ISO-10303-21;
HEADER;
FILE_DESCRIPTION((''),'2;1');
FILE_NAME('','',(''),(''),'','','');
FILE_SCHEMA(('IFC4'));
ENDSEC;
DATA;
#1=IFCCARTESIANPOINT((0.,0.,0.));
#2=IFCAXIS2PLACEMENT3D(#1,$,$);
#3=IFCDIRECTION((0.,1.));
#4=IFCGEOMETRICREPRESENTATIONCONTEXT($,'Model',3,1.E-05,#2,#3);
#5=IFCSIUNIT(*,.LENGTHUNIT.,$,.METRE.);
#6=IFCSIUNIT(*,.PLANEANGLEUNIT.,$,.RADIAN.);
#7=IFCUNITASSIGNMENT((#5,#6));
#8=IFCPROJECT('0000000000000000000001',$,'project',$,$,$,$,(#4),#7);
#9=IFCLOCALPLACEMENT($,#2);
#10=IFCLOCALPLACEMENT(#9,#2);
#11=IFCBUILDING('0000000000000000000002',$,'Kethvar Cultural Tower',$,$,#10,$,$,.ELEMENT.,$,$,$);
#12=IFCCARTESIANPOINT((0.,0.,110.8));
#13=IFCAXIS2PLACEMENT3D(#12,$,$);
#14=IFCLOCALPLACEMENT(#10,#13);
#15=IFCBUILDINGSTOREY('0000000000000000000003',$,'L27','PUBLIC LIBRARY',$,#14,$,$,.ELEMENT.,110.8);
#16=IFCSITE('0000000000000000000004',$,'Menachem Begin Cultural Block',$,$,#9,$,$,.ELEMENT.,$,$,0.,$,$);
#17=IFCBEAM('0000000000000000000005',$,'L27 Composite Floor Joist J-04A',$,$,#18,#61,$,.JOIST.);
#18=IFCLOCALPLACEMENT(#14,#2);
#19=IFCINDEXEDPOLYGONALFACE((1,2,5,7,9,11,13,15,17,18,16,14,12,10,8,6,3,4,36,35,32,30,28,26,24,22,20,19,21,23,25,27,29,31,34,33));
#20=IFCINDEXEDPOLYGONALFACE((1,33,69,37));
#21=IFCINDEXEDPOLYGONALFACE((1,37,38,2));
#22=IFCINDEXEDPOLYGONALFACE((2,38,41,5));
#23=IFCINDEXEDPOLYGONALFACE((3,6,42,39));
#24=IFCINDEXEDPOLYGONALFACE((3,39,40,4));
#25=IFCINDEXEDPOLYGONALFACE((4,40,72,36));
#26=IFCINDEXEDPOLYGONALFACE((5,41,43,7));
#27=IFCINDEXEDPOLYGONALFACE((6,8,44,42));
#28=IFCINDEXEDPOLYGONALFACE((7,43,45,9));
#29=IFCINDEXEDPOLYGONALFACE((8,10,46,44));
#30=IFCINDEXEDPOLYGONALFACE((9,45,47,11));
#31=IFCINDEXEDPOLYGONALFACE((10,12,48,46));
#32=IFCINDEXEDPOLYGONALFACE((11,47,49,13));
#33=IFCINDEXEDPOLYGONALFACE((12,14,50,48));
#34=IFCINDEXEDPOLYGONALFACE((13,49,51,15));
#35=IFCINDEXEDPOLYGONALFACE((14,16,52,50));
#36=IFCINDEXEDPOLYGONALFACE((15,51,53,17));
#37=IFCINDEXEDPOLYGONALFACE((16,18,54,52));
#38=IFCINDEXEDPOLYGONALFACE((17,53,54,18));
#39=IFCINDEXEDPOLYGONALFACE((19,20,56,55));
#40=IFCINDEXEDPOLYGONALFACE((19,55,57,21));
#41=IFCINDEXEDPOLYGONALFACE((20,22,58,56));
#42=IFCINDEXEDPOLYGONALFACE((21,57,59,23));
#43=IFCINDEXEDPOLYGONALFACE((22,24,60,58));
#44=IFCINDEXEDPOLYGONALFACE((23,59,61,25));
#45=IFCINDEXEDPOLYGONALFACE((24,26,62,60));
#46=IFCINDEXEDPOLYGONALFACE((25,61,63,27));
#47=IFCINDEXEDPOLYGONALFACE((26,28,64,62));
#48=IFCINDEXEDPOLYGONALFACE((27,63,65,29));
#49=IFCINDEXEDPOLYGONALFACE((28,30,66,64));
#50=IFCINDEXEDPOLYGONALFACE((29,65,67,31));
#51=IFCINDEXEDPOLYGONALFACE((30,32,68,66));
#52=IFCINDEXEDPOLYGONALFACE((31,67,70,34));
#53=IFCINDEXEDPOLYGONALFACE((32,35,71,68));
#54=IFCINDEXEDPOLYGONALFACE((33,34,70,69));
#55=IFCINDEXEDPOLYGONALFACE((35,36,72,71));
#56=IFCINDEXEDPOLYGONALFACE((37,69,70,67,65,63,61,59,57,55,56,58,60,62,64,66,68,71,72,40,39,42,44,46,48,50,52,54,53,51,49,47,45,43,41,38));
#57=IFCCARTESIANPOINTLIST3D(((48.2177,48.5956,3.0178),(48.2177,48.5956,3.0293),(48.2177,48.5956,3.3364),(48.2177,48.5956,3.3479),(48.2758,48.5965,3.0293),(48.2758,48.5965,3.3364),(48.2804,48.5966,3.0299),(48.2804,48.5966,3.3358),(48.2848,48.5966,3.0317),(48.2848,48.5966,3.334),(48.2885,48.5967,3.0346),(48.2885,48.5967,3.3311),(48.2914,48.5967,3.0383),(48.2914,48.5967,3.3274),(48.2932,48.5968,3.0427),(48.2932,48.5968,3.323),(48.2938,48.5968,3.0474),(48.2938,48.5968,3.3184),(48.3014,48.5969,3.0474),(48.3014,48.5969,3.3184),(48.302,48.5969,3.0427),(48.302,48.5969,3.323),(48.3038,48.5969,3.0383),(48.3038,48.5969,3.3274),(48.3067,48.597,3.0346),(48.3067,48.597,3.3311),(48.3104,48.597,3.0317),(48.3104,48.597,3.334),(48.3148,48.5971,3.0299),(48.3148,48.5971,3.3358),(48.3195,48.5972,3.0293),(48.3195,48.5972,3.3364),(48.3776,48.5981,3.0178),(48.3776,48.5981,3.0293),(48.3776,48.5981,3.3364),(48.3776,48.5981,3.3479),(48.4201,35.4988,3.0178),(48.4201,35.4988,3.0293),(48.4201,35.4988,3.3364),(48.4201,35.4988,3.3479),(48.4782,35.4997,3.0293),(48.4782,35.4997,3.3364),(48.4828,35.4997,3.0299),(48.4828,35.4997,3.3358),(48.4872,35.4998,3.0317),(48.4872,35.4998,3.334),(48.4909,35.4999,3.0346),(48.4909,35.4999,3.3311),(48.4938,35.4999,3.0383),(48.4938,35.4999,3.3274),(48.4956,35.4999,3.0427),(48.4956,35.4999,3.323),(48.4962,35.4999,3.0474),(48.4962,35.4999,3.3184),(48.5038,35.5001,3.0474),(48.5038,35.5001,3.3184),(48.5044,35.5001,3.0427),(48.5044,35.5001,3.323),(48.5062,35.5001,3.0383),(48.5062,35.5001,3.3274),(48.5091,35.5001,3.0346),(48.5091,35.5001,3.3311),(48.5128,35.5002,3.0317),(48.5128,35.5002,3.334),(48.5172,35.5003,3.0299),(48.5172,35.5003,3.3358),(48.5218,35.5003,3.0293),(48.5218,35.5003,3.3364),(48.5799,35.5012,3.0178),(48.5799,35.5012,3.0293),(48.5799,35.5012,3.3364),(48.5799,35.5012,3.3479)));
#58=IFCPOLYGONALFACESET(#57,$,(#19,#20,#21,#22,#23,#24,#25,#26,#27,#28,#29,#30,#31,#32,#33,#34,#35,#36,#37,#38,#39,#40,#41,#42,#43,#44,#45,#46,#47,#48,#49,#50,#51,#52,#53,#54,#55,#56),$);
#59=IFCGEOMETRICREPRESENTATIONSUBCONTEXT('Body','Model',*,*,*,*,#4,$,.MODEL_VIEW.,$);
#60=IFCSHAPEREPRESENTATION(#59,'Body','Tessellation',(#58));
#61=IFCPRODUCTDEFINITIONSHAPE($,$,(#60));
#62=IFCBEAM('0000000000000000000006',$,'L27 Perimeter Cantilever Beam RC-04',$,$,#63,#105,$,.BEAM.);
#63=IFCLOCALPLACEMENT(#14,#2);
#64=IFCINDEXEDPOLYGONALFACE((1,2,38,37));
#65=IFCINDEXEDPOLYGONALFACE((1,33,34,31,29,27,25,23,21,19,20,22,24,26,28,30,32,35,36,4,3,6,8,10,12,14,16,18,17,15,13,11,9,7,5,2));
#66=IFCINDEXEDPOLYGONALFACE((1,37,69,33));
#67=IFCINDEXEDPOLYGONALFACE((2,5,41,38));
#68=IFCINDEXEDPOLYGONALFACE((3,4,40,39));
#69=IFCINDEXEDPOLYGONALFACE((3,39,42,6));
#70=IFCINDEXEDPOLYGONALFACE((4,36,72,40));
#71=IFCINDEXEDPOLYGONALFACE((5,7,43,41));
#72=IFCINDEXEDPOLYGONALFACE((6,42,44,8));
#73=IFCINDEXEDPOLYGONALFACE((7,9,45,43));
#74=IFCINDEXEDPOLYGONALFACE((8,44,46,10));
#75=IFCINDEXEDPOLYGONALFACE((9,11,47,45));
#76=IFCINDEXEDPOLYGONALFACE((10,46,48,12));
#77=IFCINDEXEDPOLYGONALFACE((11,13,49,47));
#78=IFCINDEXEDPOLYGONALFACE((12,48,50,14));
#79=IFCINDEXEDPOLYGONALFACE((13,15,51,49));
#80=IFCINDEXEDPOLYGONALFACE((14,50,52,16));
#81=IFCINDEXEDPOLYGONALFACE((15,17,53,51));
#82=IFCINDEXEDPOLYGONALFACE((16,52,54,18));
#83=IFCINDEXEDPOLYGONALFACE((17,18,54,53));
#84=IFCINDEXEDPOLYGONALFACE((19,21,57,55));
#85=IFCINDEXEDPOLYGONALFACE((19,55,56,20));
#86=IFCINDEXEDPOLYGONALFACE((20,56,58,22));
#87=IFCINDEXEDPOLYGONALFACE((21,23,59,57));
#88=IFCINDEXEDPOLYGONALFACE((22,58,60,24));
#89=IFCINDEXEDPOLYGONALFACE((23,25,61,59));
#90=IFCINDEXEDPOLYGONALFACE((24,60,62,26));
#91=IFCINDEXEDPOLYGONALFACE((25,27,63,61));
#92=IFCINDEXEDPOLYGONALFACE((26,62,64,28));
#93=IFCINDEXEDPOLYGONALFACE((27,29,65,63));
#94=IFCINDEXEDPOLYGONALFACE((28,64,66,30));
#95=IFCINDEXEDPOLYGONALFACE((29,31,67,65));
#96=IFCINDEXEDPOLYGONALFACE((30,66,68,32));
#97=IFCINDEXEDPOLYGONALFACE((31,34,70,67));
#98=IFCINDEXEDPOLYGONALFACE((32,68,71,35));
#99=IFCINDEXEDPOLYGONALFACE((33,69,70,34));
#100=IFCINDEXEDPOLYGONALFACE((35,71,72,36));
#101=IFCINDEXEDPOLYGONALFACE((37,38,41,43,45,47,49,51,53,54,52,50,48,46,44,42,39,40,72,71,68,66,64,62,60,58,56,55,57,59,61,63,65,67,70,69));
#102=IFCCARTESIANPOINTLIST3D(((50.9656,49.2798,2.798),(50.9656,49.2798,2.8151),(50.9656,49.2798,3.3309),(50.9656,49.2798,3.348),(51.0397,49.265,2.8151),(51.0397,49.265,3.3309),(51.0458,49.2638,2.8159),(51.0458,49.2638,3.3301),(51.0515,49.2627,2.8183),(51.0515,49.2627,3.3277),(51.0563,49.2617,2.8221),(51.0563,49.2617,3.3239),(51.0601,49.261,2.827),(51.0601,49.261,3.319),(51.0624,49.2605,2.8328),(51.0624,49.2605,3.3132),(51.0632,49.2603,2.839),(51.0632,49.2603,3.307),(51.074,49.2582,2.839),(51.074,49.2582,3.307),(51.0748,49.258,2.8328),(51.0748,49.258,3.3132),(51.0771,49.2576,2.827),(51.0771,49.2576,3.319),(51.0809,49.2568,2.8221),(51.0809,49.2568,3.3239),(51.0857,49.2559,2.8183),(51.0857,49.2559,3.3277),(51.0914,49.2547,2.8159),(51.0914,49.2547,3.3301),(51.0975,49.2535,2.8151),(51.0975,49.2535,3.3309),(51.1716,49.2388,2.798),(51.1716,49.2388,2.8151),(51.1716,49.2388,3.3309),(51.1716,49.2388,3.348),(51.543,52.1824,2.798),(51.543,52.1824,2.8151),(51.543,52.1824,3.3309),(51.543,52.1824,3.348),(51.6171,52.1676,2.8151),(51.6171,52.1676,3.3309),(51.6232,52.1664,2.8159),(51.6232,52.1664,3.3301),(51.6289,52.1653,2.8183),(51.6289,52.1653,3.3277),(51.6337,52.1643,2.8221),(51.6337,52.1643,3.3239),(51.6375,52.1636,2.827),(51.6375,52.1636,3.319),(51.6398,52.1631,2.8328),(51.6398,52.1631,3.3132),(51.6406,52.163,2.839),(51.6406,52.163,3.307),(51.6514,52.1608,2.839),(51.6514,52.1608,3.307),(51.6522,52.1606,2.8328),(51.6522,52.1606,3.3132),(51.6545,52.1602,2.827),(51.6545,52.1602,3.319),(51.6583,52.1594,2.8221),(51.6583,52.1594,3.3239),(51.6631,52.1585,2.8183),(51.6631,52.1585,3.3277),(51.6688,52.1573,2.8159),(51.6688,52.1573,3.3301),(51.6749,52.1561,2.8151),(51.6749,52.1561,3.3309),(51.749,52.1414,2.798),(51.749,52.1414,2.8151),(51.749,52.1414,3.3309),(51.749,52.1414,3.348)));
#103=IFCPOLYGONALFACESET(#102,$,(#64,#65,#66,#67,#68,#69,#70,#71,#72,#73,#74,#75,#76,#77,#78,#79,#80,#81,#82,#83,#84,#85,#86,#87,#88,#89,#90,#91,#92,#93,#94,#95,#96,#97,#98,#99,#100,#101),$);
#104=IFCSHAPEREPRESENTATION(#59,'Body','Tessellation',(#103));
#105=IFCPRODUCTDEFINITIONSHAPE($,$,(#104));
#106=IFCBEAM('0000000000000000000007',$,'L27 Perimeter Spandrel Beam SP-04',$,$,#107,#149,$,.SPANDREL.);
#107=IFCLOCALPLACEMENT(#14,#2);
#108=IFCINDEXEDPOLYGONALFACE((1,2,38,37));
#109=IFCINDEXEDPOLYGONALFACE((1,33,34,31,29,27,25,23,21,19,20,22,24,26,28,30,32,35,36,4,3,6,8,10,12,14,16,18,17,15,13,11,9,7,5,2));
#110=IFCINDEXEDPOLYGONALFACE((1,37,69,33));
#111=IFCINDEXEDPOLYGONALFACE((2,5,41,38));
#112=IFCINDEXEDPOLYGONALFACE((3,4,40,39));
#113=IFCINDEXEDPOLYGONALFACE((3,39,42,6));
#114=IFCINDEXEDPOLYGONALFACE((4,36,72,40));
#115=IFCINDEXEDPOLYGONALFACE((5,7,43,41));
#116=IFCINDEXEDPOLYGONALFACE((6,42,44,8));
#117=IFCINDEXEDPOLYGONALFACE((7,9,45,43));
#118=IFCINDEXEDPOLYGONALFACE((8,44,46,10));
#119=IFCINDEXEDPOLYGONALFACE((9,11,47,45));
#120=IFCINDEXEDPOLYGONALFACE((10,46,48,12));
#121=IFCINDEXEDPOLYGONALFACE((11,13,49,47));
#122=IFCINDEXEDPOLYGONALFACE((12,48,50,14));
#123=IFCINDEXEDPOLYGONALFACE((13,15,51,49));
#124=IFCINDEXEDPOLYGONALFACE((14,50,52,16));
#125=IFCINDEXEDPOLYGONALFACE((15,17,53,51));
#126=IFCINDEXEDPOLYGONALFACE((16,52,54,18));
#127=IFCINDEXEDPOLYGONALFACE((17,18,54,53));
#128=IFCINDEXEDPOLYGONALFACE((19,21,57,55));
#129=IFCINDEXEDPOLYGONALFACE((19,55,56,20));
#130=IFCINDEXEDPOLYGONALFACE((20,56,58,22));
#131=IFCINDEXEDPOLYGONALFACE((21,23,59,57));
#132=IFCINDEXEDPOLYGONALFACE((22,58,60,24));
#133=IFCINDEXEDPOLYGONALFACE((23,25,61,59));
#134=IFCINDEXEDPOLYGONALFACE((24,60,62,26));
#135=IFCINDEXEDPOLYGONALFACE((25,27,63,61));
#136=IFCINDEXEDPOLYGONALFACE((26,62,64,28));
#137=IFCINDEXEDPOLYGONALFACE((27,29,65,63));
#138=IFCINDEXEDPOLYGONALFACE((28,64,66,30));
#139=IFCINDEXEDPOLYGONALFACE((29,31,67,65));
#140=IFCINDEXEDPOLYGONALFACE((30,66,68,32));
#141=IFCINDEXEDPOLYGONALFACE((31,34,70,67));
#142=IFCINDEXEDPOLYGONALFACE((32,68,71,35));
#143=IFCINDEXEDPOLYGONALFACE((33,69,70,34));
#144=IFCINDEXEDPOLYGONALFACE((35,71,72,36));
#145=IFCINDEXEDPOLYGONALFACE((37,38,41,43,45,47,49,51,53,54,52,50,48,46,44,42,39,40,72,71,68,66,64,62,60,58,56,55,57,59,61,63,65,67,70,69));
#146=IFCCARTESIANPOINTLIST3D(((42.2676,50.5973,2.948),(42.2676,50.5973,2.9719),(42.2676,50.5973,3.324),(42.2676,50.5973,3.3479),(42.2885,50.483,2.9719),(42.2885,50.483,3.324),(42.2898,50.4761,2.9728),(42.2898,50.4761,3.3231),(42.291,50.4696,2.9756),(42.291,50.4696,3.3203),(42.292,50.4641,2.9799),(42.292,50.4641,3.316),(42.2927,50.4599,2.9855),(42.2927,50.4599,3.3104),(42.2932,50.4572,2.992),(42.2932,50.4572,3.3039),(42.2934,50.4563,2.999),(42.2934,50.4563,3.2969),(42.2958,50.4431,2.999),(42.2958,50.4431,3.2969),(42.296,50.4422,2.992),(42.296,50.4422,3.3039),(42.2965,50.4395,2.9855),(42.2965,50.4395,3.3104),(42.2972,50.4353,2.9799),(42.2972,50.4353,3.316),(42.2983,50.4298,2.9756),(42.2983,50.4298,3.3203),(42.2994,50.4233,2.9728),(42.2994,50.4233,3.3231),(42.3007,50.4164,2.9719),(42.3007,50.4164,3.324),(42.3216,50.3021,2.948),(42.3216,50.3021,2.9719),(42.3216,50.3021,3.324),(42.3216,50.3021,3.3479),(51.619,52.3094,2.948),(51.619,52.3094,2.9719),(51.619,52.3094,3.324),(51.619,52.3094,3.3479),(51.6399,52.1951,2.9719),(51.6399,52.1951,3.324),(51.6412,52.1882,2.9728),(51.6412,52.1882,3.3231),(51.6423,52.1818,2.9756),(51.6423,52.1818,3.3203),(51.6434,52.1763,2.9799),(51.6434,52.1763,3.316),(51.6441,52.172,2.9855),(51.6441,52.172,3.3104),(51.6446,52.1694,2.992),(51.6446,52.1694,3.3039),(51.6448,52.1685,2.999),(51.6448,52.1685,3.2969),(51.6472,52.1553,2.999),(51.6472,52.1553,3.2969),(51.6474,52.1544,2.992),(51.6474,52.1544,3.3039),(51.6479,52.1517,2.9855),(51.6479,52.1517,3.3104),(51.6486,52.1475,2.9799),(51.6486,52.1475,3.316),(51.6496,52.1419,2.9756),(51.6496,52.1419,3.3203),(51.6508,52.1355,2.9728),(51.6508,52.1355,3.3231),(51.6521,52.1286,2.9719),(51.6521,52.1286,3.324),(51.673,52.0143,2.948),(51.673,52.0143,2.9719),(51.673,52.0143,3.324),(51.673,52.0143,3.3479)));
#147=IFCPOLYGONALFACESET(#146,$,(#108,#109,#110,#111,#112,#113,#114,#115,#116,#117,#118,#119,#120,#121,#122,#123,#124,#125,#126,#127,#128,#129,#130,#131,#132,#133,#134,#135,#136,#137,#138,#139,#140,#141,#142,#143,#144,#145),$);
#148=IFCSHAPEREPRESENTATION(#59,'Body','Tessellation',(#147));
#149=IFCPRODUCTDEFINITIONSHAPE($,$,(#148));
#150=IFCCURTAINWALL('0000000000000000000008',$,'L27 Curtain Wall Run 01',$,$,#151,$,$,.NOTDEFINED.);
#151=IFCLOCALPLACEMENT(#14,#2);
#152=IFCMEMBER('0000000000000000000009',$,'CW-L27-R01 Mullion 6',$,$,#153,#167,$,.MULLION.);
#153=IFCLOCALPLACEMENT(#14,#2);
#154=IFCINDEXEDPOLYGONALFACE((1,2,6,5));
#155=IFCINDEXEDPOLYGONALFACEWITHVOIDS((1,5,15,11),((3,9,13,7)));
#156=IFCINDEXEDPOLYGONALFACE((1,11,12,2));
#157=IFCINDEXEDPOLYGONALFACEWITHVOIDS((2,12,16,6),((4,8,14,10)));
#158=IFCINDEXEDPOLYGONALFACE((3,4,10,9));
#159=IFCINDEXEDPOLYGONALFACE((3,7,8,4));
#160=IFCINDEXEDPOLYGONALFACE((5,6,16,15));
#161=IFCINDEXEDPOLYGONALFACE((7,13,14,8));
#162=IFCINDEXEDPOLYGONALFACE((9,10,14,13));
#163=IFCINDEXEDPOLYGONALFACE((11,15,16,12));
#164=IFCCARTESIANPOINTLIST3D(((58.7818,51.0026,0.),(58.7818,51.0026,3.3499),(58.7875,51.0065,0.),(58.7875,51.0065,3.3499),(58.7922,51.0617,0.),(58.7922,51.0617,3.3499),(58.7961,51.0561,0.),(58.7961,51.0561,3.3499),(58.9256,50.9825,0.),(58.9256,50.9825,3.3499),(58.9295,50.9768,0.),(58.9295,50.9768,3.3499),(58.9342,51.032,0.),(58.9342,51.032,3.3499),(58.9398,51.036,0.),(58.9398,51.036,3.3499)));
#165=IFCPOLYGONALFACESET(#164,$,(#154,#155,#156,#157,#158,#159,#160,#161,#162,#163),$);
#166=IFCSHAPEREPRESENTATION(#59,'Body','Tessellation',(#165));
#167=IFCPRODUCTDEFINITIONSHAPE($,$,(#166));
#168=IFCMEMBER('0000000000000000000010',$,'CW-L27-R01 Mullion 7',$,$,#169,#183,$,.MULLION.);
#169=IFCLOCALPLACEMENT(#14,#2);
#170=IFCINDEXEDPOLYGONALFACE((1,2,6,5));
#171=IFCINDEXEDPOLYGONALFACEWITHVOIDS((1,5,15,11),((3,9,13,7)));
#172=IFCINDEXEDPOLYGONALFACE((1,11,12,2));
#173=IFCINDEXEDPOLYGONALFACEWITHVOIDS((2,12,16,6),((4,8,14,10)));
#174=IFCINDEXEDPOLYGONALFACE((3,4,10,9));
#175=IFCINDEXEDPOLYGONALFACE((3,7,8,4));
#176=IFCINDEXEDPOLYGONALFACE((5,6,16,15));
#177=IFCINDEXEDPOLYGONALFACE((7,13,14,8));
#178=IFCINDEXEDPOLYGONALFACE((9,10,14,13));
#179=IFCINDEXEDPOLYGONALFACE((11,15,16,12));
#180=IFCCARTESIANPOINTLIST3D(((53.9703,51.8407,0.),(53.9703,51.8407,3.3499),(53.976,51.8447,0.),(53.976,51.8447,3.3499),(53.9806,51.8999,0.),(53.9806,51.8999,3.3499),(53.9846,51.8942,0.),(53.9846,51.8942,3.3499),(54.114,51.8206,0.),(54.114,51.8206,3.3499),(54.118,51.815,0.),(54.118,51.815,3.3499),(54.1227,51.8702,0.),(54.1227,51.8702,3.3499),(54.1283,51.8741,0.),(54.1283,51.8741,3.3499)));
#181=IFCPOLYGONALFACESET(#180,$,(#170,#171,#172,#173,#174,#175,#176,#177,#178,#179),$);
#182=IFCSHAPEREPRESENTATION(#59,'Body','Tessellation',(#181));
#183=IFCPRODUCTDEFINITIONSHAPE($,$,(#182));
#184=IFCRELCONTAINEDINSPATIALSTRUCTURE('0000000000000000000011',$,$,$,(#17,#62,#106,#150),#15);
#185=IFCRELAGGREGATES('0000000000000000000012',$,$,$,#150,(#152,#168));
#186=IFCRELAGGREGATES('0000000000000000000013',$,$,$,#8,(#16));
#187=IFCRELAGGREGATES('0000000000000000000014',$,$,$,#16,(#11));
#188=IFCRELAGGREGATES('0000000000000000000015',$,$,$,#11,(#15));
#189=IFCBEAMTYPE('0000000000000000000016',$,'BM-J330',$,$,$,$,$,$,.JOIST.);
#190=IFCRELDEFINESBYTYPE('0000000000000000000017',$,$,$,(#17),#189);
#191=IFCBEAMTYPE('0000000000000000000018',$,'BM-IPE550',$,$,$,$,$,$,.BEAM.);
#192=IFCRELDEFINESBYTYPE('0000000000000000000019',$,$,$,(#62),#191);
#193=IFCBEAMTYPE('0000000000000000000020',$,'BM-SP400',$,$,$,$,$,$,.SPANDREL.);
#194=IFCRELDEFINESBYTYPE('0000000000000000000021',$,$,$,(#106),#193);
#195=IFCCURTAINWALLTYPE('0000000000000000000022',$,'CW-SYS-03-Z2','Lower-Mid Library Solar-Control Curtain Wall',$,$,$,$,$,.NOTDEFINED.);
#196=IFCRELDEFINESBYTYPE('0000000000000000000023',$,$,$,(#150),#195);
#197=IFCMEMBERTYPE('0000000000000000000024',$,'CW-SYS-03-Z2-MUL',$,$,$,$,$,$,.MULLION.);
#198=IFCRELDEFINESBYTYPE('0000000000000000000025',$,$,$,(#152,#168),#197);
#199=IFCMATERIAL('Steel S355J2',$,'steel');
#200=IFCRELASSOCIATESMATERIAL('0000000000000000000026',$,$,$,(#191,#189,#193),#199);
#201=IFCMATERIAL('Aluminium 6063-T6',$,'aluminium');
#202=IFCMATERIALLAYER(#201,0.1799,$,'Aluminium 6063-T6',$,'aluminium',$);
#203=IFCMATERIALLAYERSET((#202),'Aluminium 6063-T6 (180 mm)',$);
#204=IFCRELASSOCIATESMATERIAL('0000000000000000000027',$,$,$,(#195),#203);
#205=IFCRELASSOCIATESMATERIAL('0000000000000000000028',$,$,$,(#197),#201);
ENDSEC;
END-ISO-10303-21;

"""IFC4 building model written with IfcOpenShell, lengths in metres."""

from ifc_helpers import new_model, si_unit, direction, frame, origin, origin_2d, place, context, subcontext, project, spatial, hollow_rectangle, i_section, extrude, source, transform, mapped, material, layer, layer_set, material_profile, profile_set, type_object, element, aggregate, save


model = new_model("IFC4")

# Units and contexts
model_context = context("Model", 3, precision=1e-05, world=origin(), true_north=direction((0.0, 1.0)))
body_context = subcontext(model_context, "Body", "Model", "MODEL_VIEW")
ifc_project = project(units=[si_unit("LENGTHUNIT", "METRE"), si_unit("PLANEANGLEUNIT", "RADIAN")], contexts=[model_context])

# Site, building, storey
site_placement = place(None, origin())
site = spatial("IfcSite", under=ifc_project, at=site_placement, Name="Menachem Begin Cultural Block", CompositionType="ELEMENT", RefElevation=0.0)
building_placement = place(site_placement, origin())
building = spatial("IfcBuilding", under=site, at=building_placement, Name="Kethvar Cultural Tower", CompositionType="ELEMENT")
storey_placement = place(building_placement, frame((0.0, 0.0, 110.8)))
storey = spatial("IfcBuildingStorey", under=building, at=storey_placement, Name="L27", Description="PUBLIC LIBRARY", CompositionType="ELEMENT", Elevation=110.8)

# Beams
ifc_material_1 = material(Name="Steel S355J2", Category="steel")
ifc_material_profile_1 = material_profile(ifc_material_1, i_section(OverallWidth=0.21, OverallDepth=0.55, WebThickness=0.011, FlangeThickness=0.0171, FilletRadius=0.0239, at=origin_2d()), Name="Steel S355J2 — IPE550")
ifc_profile_set_1 = profile_set([ifc_material_profile_1], Name="Steel S355J2 — IPE550")
beam_type_1 = type_object("IfcBeamType", Name="BM-IPE550", PredefinedType="BEAM", material=ifc_profile_set_1)
ifc_material_profile_2 = material_profile(ifc_material_1, i_section(OverallWidth=0.1599, OverallDepth=0.3301, WebThickness=0.0076, FlangeThickness=0.0115, FilletRadius=0.0181, at=origin_2d()), Name="Steel S355J2 — IPE330")
ifc_profile_set_2 = profile_set([ifc_material_profile_2], Name="Steel S355J2 — IPE330")
beam_type_2 = type_object("IfcBeamType", Name="BM-J330", PredefinedType="JOIST", material=ifc_profile_set_2)
shared_shape_1 = source(origin(), body_context, "Body", "SweptSolid", [
    extrude(i_section(OverallWidth=0.1599, OverallDepth=0.3301, WebThickness=0.0076, FlangeThickness=0.0115, FilletRadius=0.0181, at=origin_2d()), origin(), (0.0, 0.0, 1.0), 13.0984),
])
beam_1_placement = place(storey_placement, frame((48.5, 35.5, 3.1829), z_axis=(-0.015452, 0.999881, 0.0), x_axis=(-0.999881, -0.015452, 0.0)))
element("IfcBeam", 1, at=beam_1_placement, inside=storey, type_object=beam_type_2, Name="L27 Composite Floor Joist J-04A", PredefinedType="JOIST", context=body_context, shape_type="MappedRepresentation", body=[
    mapped(shared_shape_1, transform((0.0, 0.0, 0.0), scale=1.0)),
])
shared_shape_2 = source(origin(), body_context, "Body", "SweptSolid", [
    extrude(i_section(OverallWidth=0.21, OverallDepth=0.55, WebThickness=0.011, FlangeThickness=0.0171, FilletRadius=0.0239, at=origin_2d()), origin(), (0.0, 0.0, 1.0), 2.9595),
])
beam_2_placement = place(storey_placement, frame((51.0686, 49.2593, 3.073), z_axis=(0.195101, 0.980783, 0.0), x_axis=(-0.980783, 0.195101, 0.0)))
element("IfcBeam", 2, at=beam_2_placement, inside=storey, type_object=beam_type_1, Name="L27 Perimeter Cantilever Beam RC-04", PredefinedType="BEAM", context=body_context, shape_type="MappedRepresentation", body=[
    mapped(shared_shape_2, transform((0.0, 0.0, 0.0), scale=1.0)),
])
ifc_material_profile_3 = material_profile(ifc_material_1, i_section(OverallWidth=0.3, OverallDepth=0.3999, WebThickness=0.0134, FlangeThickness=0.0239, FilletRadius=0.0271, at=origin_2d()), Name="Steel S355J2 — HEB400")
ifc_profile_set_3 = profile_set([ifc_material_profile_3], Name="Steel S355J2 — HEB400")
beam_type_3 = type_object("IfcBeamType", Name="BM-SP400", PredefinedType="SPANDREL", material=ifc_profile_set_3)
shared_shape_3 = source(origin(), body_context, "Body", "SweptSolid", [
    extrude(i_section(OverallWidth=0.3, OverallDepth=0.3999, WebThickness=0.0134, FlangeThickness=0.0239, FilletRadius=0.0271, at=origin_2d()), origin(), (0.0, 0.0, 1.0), 9.5068),
])
beam_3_placement = place(storey_placement, frame((51.646, 52.1619, 3.1479), z_axis=(-0.983649, -0.180099, 0.0), x_axis=(0.180099, -0.983649, 0.0)))
element("IfcBeam", 3, at=beam_3_placement, inside=storey, type_object=beam_type_3, Name="L27 Perimeter Spandrel Beam SP-04", PredefinedType="SPANDREL", context=body_context, shape_type="MappedRepresentation", body=[
    mapped(shared_shape_3, transform((0.0, 0.0, 0.0), scale=1.0)),
])

# Curtain wall, members
ifc_material_2 = material(Name="Aluminium 6063-T6", Category="aluminium")
ifc_layer_1 = layer(ifc_material_2, 0.1799, Name="Aluminium 6063-T6", Category="aluminium")
ifc_layer_set_1 = layer_set([ifc_layer_1], Name="Aluminium 6063-T6 (180 mm)")
curtain_wall_type = type_object("IfcCurtainWallType", Name="CW-SYS-03-Z2", Description="Lower-Mid Library Solar-Control Curtain Wall", PredefinedType="NOTDEFINED", material=ifc_layer_set_1)
curtain_wall_1_placement = place(storey_placement, origin())
curtain_wall_1 = element("IfcCurtainWall", 4, at=curtain_wall_1_placement, inside=storey, type_object=curtain_wall_type, Name="L27 Curtain Wall Run 01", PredefinedType="NOTDEFINED")
ifc_material_profile_4 = material_profile(ifc_material_2, hollow_rectangle(XDim=0.0601, YDim=0.1499, WallThickness=0.0049, at=origin_2d()), Name="Aluminium 6063-T6 — RHS150x60x5")
ifc_profile_set_4 = profile_set([ifc_material_profile_4], Name="Aluminium 6063-T6 — RHS150x60x5")
member_type_1 = type_object("IfcMemberType", Name="CW-SYS-03-Z2-MUL", PredefinedType="MULLION", material=ifc_profile_set_4)
shared_shape_4 = source(origin(), body_context, "Body", "SweptSolid", [
    extrude(hollow_rectangle(XDim=0.0601, YDim=0.1499, WallThickness=0.0049, at=origin_2d()), origin(), (0.0, 0.0, 1.0), 3.3499),
])
member_1_placement = place(storey_placement, frame((58.8608, 51.0193, 0.0), z_axis=(0.0, 0.0, 1.0), x_axis=(-0.17162, -0.985163, 0.0)))
member_1 = element("IfcMember", 5, at=member_1_placement, type_object=member_type_1, Name="CW-L27-R01 Mullion 6", PredefinedType="MULLION", context=body_context, shape_type="MappedRepresentation", body=[
    mapped(shared_shape_4, transform((0.0, 0.0, 0.0), scale=1.0)),
])
member_2_placement = place(storey_placement, frame((54.0493, 51.8574, 0.0), z_axis=(0.0, 0.0, 1.0), x_axis=(-0.17162, -0.985163, 0.0)))
member_2 = element("IfcMember", 6, at=member_2_placement, type_object=member_type_1, Name="CW-L27-R01 Mullion 7", PredefinedType="MULLION", context=body_context, shape_type="MappedRepresentation", body=[
    mapped(shared_shape_4, transform((0.0, 0.0, 0.0), scale=1.0)),
])

aggregate(curtain_wall_1, [member_1, member_2])

save(model, "model.ifc")
